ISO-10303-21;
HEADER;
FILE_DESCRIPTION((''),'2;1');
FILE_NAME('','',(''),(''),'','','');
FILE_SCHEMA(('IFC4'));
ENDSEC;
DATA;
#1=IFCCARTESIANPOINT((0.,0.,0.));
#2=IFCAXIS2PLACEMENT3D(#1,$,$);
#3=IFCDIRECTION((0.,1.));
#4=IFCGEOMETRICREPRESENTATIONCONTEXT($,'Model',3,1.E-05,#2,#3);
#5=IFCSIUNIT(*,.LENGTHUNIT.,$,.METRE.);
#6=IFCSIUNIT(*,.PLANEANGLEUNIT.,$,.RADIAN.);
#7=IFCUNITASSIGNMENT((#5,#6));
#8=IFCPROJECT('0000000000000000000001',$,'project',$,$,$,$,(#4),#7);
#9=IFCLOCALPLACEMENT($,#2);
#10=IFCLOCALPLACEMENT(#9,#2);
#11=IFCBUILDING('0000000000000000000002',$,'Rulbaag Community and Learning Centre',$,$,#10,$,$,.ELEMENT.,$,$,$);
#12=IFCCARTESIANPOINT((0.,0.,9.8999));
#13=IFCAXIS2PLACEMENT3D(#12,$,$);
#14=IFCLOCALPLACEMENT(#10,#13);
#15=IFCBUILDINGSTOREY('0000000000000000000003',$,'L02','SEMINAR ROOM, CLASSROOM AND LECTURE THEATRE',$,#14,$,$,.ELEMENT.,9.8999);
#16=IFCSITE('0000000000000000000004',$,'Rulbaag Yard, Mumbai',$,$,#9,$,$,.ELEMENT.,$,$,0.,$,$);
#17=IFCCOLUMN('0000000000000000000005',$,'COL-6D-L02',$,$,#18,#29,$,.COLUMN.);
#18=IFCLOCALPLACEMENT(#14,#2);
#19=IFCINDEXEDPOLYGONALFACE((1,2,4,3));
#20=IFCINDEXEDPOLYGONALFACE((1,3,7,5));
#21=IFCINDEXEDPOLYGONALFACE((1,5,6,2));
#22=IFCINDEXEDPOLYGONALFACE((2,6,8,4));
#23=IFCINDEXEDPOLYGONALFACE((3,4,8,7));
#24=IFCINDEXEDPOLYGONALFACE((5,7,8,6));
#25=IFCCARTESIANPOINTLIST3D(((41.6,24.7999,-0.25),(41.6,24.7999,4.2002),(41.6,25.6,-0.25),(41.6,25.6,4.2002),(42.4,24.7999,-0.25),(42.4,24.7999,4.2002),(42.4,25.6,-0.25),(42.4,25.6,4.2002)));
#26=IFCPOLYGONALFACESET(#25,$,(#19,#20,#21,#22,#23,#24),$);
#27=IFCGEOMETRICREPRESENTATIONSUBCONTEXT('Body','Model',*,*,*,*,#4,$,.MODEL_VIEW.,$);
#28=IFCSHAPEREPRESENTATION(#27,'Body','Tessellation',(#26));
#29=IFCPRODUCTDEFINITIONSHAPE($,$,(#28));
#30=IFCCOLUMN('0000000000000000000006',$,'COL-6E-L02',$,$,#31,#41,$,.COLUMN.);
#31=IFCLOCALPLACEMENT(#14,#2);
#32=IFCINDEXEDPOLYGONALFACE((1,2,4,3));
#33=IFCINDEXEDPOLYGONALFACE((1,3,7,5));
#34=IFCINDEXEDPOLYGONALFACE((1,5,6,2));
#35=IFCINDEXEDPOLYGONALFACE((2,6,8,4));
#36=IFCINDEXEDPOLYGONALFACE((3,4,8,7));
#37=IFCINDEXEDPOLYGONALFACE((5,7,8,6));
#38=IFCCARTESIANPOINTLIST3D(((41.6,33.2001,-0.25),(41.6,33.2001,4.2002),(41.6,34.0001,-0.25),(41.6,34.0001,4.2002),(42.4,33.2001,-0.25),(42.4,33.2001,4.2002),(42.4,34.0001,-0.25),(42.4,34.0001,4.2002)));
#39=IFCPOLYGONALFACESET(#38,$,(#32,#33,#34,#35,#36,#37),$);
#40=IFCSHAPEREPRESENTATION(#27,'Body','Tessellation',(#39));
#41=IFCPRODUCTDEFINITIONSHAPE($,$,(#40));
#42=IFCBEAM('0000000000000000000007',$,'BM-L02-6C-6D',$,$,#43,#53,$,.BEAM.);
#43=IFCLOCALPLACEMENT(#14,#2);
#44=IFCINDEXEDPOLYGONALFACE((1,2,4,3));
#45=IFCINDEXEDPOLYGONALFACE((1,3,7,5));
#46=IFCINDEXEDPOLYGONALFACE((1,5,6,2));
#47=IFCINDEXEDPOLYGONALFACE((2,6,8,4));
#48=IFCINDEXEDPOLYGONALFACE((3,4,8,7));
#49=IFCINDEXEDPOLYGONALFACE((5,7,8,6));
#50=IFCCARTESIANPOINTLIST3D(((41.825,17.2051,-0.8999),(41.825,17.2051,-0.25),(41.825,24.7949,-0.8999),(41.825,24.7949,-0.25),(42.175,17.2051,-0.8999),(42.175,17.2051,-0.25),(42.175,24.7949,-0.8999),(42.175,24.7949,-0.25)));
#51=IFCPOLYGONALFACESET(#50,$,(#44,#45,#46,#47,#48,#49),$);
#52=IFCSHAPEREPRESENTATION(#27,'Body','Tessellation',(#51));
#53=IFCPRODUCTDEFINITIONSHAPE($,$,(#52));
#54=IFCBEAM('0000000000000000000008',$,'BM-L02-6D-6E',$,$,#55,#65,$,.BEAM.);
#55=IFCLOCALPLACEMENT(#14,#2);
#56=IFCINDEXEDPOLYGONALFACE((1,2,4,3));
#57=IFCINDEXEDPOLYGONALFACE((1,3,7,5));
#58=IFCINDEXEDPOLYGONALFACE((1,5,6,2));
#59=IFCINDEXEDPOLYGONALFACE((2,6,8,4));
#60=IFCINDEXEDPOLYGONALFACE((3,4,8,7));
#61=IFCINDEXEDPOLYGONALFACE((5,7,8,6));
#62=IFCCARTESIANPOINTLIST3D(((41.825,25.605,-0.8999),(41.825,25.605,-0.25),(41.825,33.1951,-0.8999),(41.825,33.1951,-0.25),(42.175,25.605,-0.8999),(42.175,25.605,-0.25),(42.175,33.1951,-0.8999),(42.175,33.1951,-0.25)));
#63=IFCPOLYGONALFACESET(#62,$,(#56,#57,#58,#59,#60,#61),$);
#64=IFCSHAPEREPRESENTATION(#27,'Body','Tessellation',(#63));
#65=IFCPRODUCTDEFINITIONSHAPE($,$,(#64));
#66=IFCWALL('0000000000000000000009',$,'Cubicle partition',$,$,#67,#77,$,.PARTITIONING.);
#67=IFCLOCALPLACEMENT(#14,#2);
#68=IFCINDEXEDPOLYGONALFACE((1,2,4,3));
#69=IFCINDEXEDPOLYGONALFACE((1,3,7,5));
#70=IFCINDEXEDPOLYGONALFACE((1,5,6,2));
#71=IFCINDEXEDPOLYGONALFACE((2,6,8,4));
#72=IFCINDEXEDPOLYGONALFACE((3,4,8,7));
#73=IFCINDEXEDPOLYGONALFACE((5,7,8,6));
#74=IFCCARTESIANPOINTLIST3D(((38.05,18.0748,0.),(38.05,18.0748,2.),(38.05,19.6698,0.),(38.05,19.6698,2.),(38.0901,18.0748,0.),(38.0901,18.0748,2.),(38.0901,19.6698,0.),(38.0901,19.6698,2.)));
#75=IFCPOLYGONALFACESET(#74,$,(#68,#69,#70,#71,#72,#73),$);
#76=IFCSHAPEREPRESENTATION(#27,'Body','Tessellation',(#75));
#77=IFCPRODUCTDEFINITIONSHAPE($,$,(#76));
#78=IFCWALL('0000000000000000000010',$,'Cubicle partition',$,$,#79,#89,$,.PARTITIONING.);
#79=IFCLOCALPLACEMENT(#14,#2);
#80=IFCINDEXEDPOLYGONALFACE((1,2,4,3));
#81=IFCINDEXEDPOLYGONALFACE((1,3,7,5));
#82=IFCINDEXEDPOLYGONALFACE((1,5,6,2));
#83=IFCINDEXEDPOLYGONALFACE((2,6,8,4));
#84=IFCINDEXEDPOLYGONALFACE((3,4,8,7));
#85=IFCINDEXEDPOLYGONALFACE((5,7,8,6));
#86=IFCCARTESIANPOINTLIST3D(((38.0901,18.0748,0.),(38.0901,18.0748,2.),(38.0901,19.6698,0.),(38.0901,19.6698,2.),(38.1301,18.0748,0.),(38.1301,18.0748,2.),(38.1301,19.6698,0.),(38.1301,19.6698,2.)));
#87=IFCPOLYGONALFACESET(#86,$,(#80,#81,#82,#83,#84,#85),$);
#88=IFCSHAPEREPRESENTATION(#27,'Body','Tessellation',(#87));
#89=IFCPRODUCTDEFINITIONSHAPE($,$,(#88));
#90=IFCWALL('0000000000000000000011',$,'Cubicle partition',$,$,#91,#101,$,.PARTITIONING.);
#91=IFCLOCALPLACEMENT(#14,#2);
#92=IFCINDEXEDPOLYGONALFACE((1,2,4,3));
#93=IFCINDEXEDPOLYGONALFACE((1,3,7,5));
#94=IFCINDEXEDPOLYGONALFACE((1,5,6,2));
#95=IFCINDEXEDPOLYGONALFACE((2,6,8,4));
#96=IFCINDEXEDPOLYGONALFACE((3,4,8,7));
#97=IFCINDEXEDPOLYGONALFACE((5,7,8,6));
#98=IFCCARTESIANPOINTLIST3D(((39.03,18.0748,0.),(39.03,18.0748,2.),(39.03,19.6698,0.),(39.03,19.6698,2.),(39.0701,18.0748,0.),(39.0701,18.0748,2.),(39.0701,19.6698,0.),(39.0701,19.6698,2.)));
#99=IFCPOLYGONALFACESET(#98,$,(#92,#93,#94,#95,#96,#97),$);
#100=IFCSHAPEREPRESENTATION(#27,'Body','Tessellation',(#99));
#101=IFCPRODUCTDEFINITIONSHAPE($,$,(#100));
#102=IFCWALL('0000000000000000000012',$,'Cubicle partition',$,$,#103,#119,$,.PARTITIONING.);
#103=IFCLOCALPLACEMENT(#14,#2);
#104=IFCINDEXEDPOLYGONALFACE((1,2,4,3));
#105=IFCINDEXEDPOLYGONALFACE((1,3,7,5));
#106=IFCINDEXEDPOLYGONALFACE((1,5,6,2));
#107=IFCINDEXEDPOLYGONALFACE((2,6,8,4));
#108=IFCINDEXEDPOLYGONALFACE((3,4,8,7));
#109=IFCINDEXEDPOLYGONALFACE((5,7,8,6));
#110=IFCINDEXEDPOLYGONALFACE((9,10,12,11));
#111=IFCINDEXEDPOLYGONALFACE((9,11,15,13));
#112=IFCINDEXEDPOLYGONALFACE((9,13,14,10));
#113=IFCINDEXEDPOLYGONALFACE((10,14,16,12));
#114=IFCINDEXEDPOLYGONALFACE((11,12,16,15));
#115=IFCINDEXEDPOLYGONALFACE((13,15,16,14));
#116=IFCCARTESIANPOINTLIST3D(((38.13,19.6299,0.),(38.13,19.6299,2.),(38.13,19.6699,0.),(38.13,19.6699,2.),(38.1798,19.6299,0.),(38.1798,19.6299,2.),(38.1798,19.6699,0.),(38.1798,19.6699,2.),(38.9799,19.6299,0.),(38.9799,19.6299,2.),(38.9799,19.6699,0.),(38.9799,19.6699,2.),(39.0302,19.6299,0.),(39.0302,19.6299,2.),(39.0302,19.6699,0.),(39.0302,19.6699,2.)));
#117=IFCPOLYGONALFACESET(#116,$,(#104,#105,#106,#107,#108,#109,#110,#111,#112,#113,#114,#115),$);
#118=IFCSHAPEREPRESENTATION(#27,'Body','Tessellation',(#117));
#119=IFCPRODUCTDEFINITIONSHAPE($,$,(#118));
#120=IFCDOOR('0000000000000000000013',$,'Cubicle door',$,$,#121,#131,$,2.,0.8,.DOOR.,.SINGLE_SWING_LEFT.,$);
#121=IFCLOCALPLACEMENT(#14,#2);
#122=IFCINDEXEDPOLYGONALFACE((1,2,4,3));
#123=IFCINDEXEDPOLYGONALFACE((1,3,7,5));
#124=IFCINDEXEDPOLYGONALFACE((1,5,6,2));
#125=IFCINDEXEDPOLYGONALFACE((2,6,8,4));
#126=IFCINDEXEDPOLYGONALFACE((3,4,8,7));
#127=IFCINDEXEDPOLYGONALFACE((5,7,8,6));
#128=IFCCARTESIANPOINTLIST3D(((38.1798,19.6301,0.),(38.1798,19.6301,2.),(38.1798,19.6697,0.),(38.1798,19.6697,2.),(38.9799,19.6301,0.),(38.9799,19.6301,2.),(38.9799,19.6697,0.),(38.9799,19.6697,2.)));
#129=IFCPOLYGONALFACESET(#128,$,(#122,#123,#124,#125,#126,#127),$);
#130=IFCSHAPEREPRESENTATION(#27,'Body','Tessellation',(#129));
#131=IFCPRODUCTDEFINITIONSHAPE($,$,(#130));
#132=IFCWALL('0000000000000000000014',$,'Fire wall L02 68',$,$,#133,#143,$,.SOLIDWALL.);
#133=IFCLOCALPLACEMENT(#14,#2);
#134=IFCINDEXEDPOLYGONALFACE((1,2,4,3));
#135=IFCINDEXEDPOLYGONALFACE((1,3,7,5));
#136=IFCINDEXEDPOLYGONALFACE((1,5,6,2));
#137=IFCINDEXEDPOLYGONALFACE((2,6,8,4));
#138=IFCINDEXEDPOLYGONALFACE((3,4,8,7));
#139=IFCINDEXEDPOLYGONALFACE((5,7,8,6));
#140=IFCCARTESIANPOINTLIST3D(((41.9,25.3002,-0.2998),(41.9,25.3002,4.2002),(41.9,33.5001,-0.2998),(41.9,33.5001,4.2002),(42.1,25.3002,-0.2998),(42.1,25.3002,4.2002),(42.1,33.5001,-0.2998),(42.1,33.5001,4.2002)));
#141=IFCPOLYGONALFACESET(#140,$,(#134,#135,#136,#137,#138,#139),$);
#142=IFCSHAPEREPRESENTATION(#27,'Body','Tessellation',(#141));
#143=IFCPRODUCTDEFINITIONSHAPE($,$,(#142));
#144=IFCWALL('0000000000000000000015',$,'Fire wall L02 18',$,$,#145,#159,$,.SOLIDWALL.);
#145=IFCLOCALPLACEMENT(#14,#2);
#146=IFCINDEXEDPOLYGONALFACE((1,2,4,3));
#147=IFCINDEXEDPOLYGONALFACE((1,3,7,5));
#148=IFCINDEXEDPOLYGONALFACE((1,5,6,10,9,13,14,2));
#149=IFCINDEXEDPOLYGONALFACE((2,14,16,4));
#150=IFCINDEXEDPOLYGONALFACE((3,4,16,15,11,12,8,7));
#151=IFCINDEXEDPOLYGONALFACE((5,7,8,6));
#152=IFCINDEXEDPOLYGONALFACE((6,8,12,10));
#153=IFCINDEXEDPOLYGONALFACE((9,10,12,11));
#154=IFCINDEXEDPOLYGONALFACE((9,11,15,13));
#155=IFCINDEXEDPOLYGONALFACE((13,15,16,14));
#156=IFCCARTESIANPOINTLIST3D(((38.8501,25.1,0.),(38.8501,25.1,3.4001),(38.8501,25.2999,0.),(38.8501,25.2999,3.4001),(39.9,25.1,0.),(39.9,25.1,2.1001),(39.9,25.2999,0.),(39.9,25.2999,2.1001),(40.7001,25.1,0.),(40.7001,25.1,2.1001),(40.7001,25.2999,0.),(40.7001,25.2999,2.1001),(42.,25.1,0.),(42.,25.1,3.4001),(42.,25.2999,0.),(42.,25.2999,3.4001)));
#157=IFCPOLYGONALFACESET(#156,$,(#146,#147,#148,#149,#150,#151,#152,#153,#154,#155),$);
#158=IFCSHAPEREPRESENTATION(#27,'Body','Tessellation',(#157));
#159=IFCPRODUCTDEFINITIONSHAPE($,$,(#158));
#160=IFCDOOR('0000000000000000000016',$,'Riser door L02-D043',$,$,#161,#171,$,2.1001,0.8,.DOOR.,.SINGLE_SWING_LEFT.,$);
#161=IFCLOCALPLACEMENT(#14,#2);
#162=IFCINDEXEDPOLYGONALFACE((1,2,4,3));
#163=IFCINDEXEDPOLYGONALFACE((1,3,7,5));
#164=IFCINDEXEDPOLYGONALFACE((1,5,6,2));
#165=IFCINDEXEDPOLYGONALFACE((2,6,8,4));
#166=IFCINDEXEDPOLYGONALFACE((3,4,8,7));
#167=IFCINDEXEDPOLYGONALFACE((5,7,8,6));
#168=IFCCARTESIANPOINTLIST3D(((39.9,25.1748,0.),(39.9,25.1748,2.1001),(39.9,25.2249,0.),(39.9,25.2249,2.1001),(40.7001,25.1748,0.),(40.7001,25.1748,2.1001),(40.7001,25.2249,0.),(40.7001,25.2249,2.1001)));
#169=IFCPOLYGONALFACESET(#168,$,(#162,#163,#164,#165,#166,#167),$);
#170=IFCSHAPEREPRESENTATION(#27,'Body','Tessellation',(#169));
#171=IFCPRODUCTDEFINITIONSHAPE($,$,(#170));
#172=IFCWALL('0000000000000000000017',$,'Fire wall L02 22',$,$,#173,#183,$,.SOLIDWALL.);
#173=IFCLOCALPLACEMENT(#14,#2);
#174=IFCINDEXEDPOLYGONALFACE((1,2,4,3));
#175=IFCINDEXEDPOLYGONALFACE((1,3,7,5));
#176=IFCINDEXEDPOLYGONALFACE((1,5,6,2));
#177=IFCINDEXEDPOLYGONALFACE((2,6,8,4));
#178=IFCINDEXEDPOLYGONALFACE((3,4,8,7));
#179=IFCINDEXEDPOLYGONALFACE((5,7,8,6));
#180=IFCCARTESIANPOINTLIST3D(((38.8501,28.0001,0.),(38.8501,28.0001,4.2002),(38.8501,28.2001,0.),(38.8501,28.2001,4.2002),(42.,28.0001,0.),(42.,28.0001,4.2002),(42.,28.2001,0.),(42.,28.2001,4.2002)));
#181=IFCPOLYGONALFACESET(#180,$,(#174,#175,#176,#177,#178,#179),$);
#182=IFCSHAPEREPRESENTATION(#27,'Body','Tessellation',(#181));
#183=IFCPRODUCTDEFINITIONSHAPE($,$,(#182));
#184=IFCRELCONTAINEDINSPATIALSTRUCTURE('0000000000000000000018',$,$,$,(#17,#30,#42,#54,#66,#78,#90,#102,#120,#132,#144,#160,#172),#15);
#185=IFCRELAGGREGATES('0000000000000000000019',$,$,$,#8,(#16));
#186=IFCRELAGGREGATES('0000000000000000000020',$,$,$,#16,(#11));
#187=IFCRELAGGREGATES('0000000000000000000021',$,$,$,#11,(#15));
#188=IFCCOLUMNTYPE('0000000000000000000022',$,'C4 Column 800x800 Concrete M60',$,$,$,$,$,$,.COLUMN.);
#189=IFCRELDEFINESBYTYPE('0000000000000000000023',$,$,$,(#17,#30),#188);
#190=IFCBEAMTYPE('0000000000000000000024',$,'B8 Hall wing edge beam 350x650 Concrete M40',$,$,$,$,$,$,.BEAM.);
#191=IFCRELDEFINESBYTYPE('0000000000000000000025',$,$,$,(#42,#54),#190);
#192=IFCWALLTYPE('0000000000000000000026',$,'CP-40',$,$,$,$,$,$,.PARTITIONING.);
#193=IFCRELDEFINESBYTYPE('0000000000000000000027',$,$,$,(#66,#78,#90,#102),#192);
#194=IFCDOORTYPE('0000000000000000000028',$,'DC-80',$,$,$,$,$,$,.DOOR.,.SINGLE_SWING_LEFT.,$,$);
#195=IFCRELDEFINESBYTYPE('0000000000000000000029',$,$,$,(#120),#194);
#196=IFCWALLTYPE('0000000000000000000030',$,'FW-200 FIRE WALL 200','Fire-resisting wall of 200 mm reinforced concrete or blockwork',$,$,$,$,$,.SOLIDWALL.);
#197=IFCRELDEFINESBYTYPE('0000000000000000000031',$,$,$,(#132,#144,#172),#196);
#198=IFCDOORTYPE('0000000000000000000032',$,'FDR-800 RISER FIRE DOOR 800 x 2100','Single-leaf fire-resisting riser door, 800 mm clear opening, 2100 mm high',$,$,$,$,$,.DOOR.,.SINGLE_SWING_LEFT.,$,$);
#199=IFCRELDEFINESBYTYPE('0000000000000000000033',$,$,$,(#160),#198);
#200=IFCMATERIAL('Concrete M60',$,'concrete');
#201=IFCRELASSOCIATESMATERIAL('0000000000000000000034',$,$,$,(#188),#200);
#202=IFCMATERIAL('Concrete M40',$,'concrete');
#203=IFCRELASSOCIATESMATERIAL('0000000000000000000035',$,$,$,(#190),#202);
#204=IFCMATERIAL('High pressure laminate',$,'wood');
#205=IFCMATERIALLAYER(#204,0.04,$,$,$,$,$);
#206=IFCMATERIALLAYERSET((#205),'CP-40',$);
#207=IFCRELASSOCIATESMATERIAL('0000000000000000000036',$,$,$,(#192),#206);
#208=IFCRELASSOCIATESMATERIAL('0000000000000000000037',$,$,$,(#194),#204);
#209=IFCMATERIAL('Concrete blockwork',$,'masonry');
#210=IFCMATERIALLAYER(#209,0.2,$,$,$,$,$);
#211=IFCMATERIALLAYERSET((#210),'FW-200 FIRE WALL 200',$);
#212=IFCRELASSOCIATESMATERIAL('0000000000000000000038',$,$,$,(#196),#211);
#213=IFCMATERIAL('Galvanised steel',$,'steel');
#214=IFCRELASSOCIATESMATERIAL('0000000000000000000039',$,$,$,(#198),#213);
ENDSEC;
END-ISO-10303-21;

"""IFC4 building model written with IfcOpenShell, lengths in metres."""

from ifc_helpers import new_model, si_unit, direction, frame, frame_2d, origin, origin_2d, place, context, subcontext, project, spatial, rectangle, extrude, material, layer, layer_set, material_profile, profile_set, type_object, element, fill, save


model = new_model("IFC4")

# Units and contexts
model_context = context("Model", 3, precision=1e-05, world=origin(), true_north=direction((0.0, 1.0)))
body_context = subcontext(model_context, "Body", "Model", "MODEL_VIEW")
ifc_project = project(units=[si_unit("LENGTHUNIT", "METRE"), si_unit("PLANEANGLEUNIT", "RADIAN")], contexts=[model_context])

# Site, building, storey
site_placement = place(None, origin())
site = spatial("IfcSite", under=ifc_project, at=site_placement, Name="Rulbaag Yard, Mumbai", CompositionType="ELEMENT", RefElevation=0.0)
building_placement = place(site_placement, origin())
building = spatial("IfcBuilding", under=site, at=building_placement, Name="Rulbaag Community and Learning Centre", CompositionType="ELEMENT")
storey_placement = place(building_placement, frame((0.0, 0.0, 9.8999)))
storey = spatial("IfcBuildingStorey", under=building, at=storey_placement, Name="L02", Description="SEMINAR ROOM, CLASSROOM AND LECTURE THEATRE", CompositionType="ELEMENT", Elevation=9.8999)

# Columns
ifc_material_1 = material(Name="Concrete M60", Category="concrete")
ifc_material_profile_1 = material_profile(ifc_material_1, rectangle(XDim=0.8, YDim=0.8, at=origin_2d()), Name="RC800x800")
ifc_profile_set_1 = profile_set([ifc_material_profile_1], Name="Concrete M60")
column_type = type_object("IfcColumnType", Name="C4 Column 800x800 Concrete M60", PredefinedType="COLUMN", material=ifc_profile_set_1)
for number, where, z_axis, x_axis, name in (
    (1, (42.0, 25.2, -0.25), (0.0, 0.0, 1.0), (1.0, 0.0, 0.0), "COL-6D-L02"),
    (2, (42.0, 33.6001, -0.25), (0.0, 0.0, 1.0), (1.0, 0.0, 0.0), "COL-6E-L02"),
):
    element("IfcColumn", number, at=place(storey_placement, frame(where, z_axis=z_axis, x_axis=x_axis)), inside=storey, type_object=column_type, Name=name, PredefinedType="COLUMN", context=body_context, shape_type="SweptSolid", body=[
        extrude(rectangle(XDim=0.8, YDim=0.8, at=origin_2d()), origin(), (0.0, 0.0, 1.0), 4.4502),
    ])

# Beams
ifc_material_2 = material(Name="Concrete M40", Category="concrete")
ifc_material_profile_2 = material_profile(ifc_material_2, rectangle(XDim=0.3501, YDim=0.6499, at=origin_2d()), Name="RB350x650")
ifc_profile_set_2 = profile_set([ifc_material_profile_2], Name="Concrete M40")
beam_type = type_object("IfcBeamType", Name="B8 Hall wing edge beam 350x650 Concrete M40", PredefinedType="BEAM", material=ifc_profile_set_2)
beam_1_placement = place(storey_placement, frame((42.0, 17.2051, -0.575), z_axis=(0.0, 1.0, 0.0), x_axis=(-1.0, 0.0, 0.0)))
element("IfcBeam", 3, at=beam_1_placement, inside=storey, type_object=beam_type, Name="BM-L02-6C-6D", PredefinedType="BEAM", context=body_context, shape_type="SweptSolid", body=[
    extrude(rectangle(XDim=0.3501, YDim=0.6499, at=origin_2d()), origin(), (0.0, 0.0, 1.0), 7.5898),
])
beam_2_placement = place(storey_placement, frame((42.0, 25.605, -0.575), z_axis=(0.0, 1.0, 0.0), x_axis=(-1.0, 0.0, 0.0)))
element("IfcBeam", 4, at=beam_2_placement, inside=storey, type_object=beam_type, Name="BM-L02-6D-6E", PredefinedType="BEAM", context=body_context, shape_type="SweptSolid", body=[
    extrude(rectangle(XDim=0.3501, YDim=0.6499, at=origin_2d()), origin(), (0.0, 0.0, 1.0), 7.5901),
])

# Walls
ifc_material_3 = material(Name="High pressure laminate", Category="wood")
ifc_layer_1 = layer(ifc_material_3, 0.04)
ifc_layer_set_1 = layer_set([ifc_layer_1], Name="CP-40")
wall_type_1 = type_object("IfcWallType", Name="CP-40", PredefinedType="PARTITIONING", material=ifc_layer_set_1)
for number, where, z_axis, x_axis, name in (
    (5, (38.0701, 18.075, 0.0), (0.0, 0.0, 1.0), (0.0, 1.0, 0.0), "Cubicle partition"),
    (6, (38.1101, 18.075, 0.0), (0.0, 0.0, 1.0), (0.0, 1.0, 0.0), "Cubicle partition"),
    (7, (39.05, 18.075, 0.0), (0.0, 0.0, 1.0), (0.0, 1.0, 0.0), "Cubicle partition"),
):
    element("IfcWall", number, at=place(storey_placement, frame(where, z_axis=z_axis, x_axis=x_axis)), inside=storey, type_object=wall_type_1, Name=name, PredefinedType="PARTITIONING", context=body_context, shape_type="SweptSolid", body=[
        extrude(rectangle(XDim=1.595, YDim=0.04, at=frame_2d((0.7974, 0.0))), origin(), (0.0, 0.0, 1.0), 2.0),
    ])

# Wall, opening, door
wall_1_placement = place(storey_placement, frame((38.1299, 19.6499, 0.0), z_axis=(0.0, 0.0, 1.0), x_axis=(1.0, 0.0, 0.0)))
wall_1 = element("IfcWall", 8, at=wall_1_placement, inside=storey, type_object=wall_type_1, Name="Cubicle partition", PredefinedType="PARTITIONING", context=body_context, shape_type="SweptSolid", body=[
    extrude(rectangle(XDim=0.9001, YDim=0.04, at=frame_2d((0.4502, 0.0))), origin(), (0.0, 0.0, 1.0), 2.0),
])
opening_1_placement = place(wall_1_placement, frame((0.05, 0.0, 0.0)))
opening_1 = element("IfcOpeningElement", 9, at=opening_1_placement, cuts=wall_1, PredefinedType="OPENING", context=body_context, shape_type="SweptSolid", body=[
    extrude(rectangle(XDim=0.8, YDim=2.0, at=frame_2d((0.3999, 1.0))), frame((0.0, 0.03, 0.0), z_axis=(0.0, -1.0, 0.0), x_axis=(1.0, 0.0, 0.0)), (0.0, 0.0, 1.0), 0.0601),
])
door_type_1 = type_object("IfcDoorType", Name="DC-80", OperationType="SINGLE_SWING_LEFT", PredefinedType="DOOR", material=ifc_material_3)
door_1_placement = place(opening_1_placement, origin())
door_1 = element("IfcDoor", 10, at=door_1_placement, inside=storey, type_object=door_type_1, Name="Cubicle door", OperationType="SINGLE_SWING_LEFT", OverallHeight=2.0, OverallWidth=0.8, PredefinedType="DOOR", context=body_context, shape_type="SweptSolid", body=[
    extrude(rectangle(XDim=0.8, YDim=2.0, at=frame_2d((0.3999, 1.0))), frame((0.0, 0.0198, 0.0), z_axis=(0.0, -1.0, 0.0), x_axis=(1.0, 0.0, 0.0)), (0.0, 0.0, 1.0), 0.0396),
])
fill(opening_1, door_1)

# Wall
ifc_material_4 = material(Name="Concrete blockwork", Category="masonry")
ifc_layer_2 = layer(ifc_material_4, 0.2)
ifc_layer_set_2 = layer_set([ifc_layer_2], Name="FW-200 FIRE WALL 200")
wall_type_2 = type_object("IfcWallType", Name="FW-200 FIRE WALL 200", Description="Fire-resisting wall of 200 mm reinforced concrete or blockwork", PredefinedType="SOLIDWALL", material=ifc_layer_set_2)
wall_2_placement = place(storey_placement, frame((42.0, 25.3, -0.2998), z_axis=(0.0, 0.0, 1.0), x_axis=(0.0, 1.0, 0.0)))
element("IfcWall", 11, at=wall_2_placement, inside=storey, type_object=wall_type_2, Name="Fire wall L02 68", PredefinedType="SOLIDWALL", context=body_context, shape_type="SweptSolid", body=[
    extrude(rectangle(XDim=8.2, YDim=0.2, at=frame_2d((4.1001, 0.0))), origin(), (0.0, 0.0, 1.0), 4.5),
])

# Wall, opening, door
wall_3_placement = place(storey_placement, frame((38.8501, 25.2, 0.0), z_axis=(0.0, 0.0, 1.0), x_axis=(1.0, 0.0, 0.0)))
wall_3 = element("IfcWall", 12, at=wall_3_placement, inside=storey, type_object=wall_type_2, Name="Fire wall L02 18", PredefinedType="SOLIDWALL", context=body_context, shape_type="SweptSolid", body=[
    extrude(rectangle(XDim=3.1499, YDim=0.2, at=frame_2d((1.575, 0.0))), origin(), (0.0, 0.0, 1.0), 3.4001),
])
opening_2_placement = place(wall_3_placement, frame((1.05, 0.0, 0.0)))
opening_2 = element("IfcOpeningElement", 13, at=opening_2_placement, cuts=wall_3, PredefinedType="OPENING", context=body_context, shape_type="SweptSolid", body=[
    extrude(rectangle(XDim=0.8, YDim=2.1001, at=frame_2d((0.3999, 1.05))), frame((0.0, 0.1099, 0.0), z_axis=(0.0, -1.0, 0.0), x_axis=(1.0, 0.0, 0.0)), (0.0, 0.0, 1.0), 0.22),
])
ifc_material_5 = material(Name="Galvanised steel", Category="steel")
door_type_2 = type_object("IfcDoorType", Name="FDR-800 RISER FIRE DOOR 800 x 2100", Description="Single-leaf fire-resisting riser door, 800 mm clear opening, 2100 mm high", OperationType="SINGLE_SWING_LEFT", PredefinedType="DOOR", material=ifc_material_5)
door_2_placement = place(opening_2_placement, origin())
door_2 = element("IfcDoor", 14, at=door_2_placement, inside=storey, type_object=door_type_2, Name="Riser door L02-D043", OperationType="SINGLE_SWING_LEFT", OverallHeight=2.1001, OverallWidth=0.8, PredefinedType="DOOR", context=body_context, shape_type="SweptSolid", body=[
    extrude(rectangle(XDim=0.8, YDim=2.1001, at=frame_2d((0.3999, 1.05))), frame((0.0, 0.0249, 0.0), z_axis=(0.0, -1.0, 0.0), x_axis=(1.0, 0.0, 0.0)), (0.0, 0.0, 1.0), 0.05),
])
fill(opening_2, door_2)

# Wall
wall_4_placement = place(storey_placement, frame((38.8501, 28.1001, 0.0), z_axis=(0.0, 0.0, 1.0), x_axis=(1.0, 0.0, 0.0)))
element("IfcWall", 15, at=wall_4_placement, inside=storey, type_object=wall_type_2, Name="Fire wall L02 22", PredefinedType="SOLIDWALL", context=body_context, shape_type="SweptSolid", body=[
    extrude(rectangle(XDim=3.1499, YDim=0.2, at=frame_2d((1.575, 0.0))), origin(), (0.0, 0.0, 1.0), 4.2002),
])

save(model, "model.ifc")
